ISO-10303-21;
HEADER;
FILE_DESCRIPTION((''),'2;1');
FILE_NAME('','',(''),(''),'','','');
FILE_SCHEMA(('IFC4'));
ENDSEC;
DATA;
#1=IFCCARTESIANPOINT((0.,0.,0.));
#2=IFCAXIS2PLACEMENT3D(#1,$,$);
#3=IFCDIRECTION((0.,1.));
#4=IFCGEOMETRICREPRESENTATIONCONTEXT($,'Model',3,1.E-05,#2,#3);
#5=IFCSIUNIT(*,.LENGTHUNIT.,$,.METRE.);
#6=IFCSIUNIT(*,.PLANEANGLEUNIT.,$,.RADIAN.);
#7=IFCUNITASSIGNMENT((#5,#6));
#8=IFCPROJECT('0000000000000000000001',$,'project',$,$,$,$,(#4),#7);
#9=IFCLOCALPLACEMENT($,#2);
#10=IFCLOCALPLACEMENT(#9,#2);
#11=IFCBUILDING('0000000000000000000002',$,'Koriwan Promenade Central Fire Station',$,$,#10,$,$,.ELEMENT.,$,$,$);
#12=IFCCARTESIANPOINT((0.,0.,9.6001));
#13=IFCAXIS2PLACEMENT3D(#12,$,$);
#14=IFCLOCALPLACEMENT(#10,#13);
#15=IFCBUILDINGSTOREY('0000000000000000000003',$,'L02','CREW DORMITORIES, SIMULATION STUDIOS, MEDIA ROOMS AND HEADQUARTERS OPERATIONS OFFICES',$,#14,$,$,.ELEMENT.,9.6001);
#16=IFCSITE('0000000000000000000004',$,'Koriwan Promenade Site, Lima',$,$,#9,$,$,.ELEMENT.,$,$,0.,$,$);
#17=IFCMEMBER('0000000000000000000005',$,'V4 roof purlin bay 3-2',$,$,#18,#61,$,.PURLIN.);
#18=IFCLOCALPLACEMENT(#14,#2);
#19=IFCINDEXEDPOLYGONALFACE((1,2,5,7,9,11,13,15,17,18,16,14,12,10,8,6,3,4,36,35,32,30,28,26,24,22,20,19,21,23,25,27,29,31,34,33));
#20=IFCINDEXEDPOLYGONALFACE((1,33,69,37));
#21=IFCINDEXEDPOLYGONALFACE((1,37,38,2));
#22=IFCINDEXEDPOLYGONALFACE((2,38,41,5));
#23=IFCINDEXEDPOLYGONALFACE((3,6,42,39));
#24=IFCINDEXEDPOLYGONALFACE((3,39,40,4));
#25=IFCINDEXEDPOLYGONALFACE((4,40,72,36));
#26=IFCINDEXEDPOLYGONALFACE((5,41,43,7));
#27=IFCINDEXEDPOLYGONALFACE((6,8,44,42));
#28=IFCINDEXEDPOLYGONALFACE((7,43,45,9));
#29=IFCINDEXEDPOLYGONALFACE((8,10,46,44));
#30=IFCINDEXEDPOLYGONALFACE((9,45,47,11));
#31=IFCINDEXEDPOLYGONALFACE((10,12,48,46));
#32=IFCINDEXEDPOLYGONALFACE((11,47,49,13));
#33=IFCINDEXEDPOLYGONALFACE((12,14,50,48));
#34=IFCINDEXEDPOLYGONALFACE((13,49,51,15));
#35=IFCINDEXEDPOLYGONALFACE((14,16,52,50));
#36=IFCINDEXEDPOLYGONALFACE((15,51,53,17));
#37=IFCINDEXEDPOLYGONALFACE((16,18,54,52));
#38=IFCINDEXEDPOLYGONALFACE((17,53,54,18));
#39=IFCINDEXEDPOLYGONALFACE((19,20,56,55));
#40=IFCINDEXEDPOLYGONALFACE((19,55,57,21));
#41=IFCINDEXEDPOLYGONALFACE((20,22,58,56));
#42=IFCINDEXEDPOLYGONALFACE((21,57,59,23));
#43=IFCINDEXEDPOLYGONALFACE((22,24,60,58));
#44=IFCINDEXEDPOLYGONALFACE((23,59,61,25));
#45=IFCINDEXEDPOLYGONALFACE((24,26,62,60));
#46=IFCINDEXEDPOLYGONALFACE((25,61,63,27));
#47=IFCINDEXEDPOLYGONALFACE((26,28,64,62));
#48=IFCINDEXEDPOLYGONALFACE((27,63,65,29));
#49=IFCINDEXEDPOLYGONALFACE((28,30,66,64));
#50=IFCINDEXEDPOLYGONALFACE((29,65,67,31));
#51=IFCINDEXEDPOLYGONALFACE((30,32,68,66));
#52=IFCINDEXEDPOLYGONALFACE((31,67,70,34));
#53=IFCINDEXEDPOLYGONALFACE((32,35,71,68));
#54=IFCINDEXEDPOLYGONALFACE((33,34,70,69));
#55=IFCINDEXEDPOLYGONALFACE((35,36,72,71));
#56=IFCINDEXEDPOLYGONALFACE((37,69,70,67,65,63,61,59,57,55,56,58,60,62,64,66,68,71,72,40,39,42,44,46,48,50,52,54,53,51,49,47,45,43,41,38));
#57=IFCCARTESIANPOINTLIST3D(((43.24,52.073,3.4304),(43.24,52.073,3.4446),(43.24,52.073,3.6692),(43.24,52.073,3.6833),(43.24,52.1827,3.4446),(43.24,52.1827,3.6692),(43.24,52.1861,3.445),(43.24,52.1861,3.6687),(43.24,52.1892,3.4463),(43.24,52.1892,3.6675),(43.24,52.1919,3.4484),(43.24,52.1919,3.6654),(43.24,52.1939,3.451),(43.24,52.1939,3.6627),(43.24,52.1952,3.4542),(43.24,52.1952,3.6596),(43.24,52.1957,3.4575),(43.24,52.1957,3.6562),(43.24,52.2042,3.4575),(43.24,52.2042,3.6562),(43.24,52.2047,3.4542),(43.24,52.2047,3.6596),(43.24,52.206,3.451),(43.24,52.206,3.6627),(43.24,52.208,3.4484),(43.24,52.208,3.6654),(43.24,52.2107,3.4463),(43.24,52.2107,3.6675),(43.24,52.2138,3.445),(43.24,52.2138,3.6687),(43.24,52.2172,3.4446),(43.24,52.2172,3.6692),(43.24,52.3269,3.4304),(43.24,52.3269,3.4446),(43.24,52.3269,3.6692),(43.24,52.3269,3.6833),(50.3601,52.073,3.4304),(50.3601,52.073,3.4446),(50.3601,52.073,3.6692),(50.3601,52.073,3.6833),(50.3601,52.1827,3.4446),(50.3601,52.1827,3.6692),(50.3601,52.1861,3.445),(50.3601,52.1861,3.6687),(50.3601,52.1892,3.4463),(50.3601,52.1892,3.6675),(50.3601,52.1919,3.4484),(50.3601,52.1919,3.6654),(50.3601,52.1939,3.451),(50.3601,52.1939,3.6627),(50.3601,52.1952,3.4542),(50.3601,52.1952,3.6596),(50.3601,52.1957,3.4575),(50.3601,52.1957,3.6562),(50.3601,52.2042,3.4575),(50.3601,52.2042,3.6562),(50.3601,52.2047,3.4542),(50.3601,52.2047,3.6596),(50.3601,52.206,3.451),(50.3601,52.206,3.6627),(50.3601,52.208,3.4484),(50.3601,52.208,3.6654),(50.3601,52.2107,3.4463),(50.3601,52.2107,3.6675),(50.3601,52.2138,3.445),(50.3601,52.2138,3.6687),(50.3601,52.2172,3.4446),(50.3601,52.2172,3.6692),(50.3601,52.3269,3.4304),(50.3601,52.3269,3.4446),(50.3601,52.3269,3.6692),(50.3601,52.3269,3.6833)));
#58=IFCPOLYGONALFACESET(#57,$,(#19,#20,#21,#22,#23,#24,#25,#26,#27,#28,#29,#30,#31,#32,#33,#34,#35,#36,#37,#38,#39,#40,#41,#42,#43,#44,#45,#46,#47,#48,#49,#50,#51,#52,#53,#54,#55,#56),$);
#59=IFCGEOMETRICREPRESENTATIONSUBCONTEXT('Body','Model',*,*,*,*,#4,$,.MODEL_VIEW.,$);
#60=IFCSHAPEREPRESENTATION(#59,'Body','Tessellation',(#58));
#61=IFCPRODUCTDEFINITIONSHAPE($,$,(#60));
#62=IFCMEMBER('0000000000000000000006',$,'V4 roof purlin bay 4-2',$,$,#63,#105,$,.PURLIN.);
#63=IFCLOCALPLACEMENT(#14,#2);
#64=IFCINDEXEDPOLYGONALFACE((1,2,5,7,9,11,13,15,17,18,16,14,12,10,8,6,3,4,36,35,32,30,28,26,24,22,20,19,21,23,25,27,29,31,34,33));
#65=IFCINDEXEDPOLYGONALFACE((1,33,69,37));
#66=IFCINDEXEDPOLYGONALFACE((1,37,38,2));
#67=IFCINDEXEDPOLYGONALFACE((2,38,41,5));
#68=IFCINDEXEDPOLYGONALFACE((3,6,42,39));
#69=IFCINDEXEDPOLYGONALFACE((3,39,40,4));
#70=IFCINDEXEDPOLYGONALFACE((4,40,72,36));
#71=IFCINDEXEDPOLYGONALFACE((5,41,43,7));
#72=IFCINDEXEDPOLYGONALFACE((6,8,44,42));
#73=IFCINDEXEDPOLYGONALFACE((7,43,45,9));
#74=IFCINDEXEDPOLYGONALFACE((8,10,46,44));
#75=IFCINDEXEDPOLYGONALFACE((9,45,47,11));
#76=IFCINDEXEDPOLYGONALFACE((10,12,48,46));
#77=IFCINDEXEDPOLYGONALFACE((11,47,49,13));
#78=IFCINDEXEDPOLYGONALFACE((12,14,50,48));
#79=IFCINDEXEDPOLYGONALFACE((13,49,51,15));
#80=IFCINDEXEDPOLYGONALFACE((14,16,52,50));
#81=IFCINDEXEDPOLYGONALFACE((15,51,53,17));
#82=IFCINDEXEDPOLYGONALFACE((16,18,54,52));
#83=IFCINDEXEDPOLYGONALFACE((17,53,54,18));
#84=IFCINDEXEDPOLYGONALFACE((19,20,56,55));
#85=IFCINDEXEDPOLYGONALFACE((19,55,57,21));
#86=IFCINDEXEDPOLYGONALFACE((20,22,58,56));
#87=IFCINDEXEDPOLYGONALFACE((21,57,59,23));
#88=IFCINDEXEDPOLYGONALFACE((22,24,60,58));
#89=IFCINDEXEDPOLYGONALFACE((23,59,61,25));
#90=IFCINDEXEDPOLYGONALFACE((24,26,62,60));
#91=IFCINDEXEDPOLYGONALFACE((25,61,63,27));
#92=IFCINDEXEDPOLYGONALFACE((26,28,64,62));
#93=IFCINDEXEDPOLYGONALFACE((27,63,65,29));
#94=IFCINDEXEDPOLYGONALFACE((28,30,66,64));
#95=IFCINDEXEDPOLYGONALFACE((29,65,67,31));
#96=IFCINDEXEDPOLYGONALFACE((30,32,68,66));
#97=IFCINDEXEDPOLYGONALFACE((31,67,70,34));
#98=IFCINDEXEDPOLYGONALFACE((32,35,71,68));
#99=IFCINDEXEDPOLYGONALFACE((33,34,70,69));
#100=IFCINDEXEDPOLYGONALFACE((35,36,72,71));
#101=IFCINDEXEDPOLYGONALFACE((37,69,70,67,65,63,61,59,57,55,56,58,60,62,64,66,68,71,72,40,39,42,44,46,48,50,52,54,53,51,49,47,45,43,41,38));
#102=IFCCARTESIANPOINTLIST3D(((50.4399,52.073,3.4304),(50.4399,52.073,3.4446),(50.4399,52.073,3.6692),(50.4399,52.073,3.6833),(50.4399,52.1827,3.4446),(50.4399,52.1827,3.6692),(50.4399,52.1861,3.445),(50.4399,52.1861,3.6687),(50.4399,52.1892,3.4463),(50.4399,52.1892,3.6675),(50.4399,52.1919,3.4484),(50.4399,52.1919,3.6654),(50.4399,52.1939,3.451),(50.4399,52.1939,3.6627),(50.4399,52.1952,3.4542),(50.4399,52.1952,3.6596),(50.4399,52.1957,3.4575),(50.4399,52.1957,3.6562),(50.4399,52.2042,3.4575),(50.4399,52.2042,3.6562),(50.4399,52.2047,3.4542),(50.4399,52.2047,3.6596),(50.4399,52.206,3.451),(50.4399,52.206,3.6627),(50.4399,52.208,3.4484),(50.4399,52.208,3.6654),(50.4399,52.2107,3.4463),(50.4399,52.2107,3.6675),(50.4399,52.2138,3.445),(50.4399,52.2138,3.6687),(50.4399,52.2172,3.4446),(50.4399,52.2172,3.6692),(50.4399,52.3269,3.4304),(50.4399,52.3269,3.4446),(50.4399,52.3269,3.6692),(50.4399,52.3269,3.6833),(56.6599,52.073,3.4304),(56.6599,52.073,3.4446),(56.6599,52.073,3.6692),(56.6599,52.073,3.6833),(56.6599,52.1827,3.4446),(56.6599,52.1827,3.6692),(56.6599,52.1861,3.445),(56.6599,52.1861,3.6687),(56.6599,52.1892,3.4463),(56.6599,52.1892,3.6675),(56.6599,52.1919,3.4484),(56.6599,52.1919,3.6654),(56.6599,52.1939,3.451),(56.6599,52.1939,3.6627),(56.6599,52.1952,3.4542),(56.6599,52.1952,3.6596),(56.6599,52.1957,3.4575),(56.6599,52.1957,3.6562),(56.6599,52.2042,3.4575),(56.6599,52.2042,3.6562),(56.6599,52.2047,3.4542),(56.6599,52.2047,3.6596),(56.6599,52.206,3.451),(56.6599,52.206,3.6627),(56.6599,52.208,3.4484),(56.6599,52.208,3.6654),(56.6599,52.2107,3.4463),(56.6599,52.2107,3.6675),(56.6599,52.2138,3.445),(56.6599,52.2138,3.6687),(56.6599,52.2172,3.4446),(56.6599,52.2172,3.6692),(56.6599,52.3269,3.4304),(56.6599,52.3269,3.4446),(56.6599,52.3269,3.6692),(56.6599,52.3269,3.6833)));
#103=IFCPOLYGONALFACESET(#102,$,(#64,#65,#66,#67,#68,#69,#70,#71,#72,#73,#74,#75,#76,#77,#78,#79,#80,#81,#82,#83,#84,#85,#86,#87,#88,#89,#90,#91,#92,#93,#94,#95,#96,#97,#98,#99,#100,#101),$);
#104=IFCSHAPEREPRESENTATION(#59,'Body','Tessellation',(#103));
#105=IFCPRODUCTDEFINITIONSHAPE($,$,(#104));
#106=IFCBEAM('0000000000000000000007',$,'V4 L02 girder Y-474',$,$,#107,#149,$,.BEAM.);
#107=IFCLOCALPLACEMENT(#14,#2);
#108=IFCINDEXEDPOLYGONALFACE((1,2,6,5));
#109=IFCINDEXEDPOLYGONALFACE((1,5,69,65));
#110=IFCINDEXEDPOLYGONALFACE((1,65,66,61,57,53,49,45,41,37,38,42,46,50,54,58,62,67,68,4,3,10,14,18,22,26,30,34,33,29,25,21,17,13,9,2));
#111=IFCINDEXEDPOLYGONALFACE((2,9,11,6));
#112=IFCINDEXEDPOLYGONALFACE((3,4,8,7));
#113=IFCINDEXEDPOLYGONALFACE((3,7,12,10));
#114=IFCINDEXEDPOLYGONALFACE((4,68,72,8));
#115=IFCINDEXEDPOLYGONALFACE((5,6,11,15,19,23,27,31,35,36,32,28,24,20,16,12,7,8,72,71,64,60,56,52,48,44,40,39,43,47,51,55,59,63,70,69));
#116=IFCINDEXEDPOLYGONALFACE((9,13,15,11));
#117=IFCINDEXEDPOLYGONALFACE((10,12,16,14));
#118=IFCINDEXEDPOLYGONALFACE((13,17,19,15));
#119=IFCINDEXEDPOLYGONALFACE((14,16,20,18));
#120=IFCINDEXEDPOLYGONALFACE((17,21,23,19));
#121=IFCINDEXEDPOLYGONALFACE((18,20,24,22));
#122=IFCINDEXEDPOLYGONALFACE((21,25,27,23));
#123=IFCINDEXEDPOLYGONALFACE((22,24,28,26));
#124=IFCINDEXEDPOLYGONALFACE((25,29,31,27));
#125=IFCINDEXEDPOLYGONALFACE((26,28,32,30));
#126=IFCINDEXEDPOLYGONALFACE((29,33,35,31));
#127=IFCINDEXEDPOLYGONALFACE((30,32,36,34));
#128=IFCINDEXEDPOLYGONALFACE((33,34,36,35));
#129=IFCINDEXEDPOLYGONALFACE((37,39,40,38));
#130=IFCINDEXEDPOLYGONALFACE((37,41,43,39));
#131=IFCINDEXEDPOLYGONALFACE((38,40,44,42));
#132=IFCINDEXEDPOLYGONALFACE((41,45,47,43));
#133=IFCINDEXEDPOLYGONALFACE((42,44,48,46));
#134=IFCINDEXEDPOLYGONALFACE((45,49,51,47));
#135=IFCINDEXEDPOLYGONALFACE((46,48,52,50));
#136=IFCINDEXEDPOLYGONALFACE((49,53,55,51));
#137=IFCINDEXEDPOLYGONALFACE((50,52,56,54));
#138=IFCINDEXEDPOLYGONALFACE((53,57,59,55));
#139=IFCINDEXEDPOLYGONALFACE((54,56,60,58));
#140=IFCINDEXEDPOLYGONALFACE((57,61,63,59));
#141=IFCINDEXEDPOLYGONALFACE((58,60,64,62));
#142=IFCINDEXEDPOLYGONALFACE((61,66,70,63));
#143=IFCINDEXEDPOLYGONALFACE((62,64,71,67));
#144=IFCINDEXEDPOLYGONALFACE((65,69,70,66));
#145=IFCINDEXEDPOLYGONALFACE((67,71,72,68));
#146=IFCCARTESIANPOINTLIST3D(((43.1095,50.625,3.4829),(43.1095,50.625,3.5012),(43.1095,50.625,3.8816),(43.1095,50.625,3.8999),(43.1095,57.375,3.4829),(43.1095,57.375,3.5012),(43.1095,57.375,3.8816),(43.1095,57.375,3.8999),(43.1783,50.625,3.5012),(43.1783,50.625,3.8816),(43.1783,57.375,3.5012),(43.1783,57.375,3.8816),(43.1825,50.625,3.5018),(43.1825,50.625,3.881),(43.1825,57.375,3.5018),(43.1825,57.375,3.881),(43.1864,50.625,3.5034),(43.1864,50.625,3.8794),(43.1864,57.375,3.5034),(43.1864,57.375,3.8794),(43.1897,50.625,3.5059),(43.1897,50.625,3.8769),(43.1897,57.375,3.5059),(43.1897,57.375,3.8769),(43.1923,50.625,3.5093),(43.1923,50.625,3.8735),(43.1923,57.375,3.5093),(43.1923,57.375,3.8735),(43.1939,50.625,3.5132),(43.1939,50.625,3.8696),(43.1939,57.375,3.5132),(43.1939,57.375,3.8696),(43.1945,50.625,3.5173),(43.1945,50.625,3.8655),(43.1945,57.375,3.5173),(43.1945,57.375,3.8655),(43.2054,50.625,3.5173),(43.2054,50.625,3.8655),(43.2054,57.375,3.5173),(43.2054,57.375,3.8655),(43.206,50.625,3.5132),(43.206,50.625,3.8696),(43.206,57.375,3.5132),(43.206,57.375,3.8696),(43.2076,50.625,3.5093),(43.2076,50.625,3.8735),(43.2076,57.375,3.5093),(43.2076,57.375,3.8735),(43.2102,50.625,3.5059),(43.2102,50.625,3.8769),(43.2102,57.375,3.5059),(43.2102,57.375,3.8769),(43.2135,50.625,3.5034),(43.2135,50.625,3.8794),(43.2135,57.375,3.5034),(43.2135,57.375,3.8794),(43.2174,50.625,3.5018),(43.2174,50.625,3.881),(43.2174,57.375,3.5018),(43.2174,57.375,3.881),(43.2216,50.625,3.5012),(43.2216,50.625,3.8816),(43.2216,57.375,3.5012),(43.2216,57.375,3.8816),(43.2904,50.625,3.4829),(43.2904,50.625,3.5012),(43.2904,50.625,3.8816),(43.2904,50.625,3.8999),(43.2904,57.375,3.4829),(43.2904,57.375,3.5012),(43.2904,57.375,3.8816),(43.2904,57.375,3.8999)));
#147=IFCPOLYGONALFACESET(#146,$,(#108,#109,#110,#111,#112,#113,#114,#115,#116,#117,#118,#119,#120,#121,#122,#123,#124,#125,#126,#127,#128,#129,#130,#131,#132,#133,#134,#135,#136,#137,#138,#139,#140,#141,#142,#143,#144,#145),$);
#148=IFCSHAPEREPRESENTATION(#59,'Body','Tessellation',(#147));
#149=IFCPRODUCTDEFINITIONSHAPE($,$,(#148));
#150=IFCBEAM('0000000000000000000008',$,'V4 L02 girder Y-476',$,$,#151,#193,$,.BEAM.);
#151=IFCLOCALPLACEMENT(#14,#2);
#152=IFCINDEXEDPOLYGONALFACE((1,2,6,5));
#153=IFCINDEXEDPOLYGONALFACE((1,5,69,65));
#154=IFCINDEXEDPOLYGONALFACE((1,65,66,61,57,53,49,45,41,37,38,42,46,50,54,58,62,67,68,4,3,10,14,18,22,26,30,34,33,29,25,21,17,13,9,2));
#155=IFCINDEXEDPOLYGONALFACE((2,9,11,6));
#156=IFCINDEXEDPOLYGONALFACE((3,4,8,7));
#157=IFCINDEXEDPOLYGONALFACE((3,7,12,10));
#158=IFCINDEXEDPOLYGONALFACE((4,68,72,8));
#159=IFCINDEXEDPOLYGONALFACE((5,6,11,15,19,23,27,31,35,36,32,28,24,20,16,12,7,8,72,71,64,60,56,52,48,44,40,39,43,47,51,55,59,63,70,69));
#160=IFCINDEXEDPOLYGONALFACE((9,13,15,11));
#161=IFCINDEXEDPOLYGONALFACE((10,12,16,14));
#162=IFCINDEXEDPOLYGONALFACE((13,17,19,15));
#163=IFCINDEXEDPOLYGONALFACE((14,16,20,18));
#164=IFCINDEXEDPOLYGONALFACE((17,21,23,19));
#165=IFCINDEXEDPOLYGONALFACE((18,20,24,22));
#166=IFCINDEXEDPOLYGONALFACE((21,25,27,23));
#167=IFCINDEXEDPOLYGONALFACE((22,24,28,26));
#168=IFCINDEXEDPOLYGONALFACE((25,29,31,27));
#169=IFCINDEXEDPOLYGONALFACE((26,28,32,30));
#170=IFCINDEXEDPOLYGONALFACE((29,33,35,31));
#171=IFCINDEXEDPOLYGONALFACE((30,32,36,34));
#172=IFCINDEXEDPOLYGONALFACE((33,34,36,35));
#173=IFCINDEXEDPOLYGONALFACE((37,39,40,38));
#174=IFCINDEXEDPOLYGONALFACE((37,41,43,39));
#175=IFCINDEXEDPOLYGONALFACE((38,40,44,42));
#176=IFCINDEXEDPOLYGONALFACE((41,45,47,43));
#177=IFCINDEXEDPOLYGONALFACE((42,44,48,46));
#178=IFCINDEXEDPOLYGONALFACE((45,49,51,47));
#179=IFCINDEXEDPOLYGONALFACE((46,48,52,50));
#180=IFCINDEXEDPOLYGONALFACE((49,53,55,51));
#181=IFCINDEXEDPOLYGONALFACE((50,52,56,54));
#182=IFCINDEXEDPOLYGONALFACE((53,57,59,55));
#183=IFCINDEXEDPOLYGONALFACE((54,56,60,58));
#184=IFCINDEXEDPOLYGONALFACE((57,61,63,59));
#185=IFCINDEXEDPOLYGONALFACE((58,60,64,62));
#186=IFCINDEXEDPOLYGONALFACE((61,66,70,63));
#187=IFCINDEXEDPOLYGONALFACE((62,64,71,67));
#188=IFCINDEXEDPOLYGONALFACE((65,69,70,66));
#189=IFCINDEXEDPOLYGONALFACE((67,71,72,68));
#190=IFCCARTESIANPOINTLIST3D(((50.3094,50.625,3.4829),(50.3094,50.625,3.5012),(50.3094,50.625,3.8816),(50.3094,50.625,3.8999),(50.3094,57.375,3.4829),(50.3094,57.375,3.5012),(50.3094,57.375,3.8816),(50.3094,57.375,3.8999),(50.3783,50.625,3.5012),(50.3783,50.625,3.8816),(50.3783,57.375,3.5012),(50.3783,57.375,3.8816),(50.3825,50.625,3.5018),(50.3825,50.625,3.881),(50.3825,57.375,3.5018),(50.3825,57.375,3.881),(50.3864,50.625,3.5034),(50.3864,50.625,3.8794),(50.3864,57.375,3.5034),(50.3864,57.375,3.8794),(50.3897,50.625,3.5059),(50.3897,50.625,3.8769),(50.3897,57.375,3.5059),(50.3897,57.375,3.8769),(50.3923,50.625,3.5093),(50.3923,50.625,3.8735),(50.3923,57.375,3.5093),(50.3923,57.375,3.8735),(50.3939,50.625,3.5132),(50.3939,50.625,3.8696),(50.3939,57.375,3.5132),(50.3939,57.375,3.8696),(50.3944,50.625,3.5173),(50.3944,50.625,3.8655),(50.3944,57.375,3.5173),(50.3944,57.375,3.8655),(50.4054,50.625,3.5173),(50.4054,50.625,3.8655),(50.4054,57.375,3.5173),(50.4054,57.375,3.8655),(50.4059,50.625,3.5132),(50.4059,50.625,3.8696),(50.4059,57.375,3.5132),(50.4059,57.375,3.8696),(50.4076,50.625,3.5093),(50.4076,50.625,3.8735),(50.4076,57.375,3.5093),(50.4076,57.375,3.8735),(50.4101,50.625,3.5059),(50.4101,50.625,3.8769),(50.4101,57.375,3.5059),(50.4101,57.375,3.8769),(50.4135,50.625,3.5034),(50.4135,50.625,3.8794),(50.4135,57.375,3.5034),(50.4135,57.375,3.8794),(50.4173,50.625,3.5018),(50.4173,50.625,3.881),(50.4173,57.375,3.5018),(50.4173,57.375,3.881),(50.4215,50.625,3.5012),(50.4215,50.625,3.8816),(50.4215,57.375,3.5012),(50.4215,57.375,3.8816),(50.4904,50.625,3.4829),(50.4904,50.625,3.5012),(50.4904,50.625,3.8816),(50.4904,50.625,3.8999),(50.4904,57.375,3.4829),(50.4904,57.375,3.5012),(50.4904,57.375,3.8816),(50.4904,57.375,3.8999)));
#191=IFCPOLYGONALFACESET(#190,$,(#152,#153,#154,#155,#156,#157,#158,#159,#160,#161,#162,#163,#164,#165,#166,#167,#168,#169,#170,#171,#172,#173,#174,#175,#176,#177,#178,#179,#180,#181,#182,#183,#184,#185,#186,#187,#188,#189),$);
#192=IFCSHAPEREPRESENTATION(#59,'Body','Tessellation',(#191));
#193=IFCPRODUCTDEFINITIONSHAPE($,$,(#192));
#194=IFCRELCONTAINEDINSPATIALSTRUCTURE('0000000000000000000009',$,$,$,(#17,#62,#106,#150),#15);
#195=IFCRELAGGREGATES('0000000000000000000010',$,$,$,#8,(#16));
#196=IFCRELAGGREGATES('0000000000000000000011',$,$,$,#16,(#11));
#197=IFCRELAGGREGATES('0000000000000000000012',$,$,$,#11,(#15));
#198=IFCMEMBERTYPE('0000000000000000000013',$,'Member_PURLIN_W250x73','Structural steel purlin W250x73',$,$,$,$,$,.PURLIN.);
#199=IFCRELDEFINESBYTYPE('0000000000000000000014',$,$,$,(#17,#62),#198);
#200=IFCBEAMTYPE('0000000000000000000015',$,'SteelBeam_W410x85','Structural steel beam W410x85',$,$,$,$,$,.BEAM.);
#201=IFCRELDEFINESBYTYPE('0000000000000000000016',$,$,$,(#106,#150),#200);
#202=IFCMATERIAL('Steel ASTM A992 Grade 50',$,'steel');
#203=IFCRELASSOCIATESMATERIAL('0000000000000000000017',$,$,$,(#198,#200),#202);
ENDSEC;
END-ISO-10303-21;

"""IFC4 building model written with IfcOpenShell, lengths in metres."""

from ifc_helpers import new_model, si_unit, direction, frame, origin, origin_2d, place, context, subcontext, project, spatial, i_section, extrude, material, material_profile, profile_set, type_object, element, save


model = new_model("IFC4")

# Units and contexts
model_context = context("Model", 3, precision=1e-05, world=origin(), true_north=direction((0.0, 1.0)))
body_context = subcontext(model_context, "Body", "Model", "MODEL_VIEW")
ifc_project = project(units=[si_unit("LENGTHUNIT", "METRE"), si_unit("PLANEANGLEUNIT", "RADIAN")], contexts=[model_context])

# Site, building, storey
site_placement = place(None, origin())
site = spatial("IfcSite", under=ifc_project, at=site_placement, Name="Koriwan Promenade Site, Lima", CompositionType="ELEMENT", RefElevation=0.0)
building_placement = place(site_placement, origin())
building = spatial("IfcBuilding", under=site, at=building_placement, Name="Koriwan Promenade Central Fire Station", CompositionType="ELEMENT")
storey_placement = place(building_placement, frame((0.0, 0.0, 9.6001)))
storey = spatial("IfcBuildingStorey", under=building, at=storey_placement, Name="L02", Description="CREW DORMITORIES, SIMULATION STUDIOS, MEDIA ROOMS AND HEADQUARTERS OPERATIONS OFFICES", CompositionType="ELEMENT", Elevation=9.6001)

# Members
ifc_material_1 = material(Name="Steel ASTM A992 Grade 50", Category="steel")
ifc_material_profile_1 = material_profile(ifc_material_1, i_section(OverallWidth=0.2539, OverallDepth=0.2529, WebThickness=0.0085, FlangeThickness=0.0142, FilletRadius=0.0129, at=origin_2d()), Name="W250x73")
ifc_profile_set_1 = profile_set([ifc_material_profile_1], Name="Steel ASTM A992 Grade 50")
member_type = type_object("IfcMemberType", Name="Member_PURLIN_W250x73", Description="Structural steel purlin W250x73", PredefinedType="PURLIN", material=ifc_profile_set_1)
member_1_placement = place(storey_placement, frame((43.24, 52.2, 3.5569), z_axis=(1.0, 0.0, 0.0), x_axis=(0.0, 1.0, 0.0)))
element("IfcMember", 1, at=member_1_placement, inside=storey, type_object=member_type, Name="V4 roof purlin bay 3-2", PredefinedType="PURLIN", context=body_context, shape_type="SweptSolid", body=[
    extrude(i_section(OverallWidth=0.2539, OverallDepth=0.2529, WebThickness=0.0085, FlangeThickness=0.0142, FilletRadius=0.0129, at=origin_2d()), origin(), (0.0, 0.0, 1.0), 7.1201),
])
member_2_placement = place(storey_placement, frame((50.4399, 52.2, 3.5569), z_axis=(1.0, 0.0, 0.0), x_axis=(0.0, 1.0, 0.0)))
element("IfcMember", 2, at=member_2_placement, inside=storey, type_object=member_type, Name="V4 roof purlin bay 4-2", PredefinedType="PURLIN", context=body_context, shape_type="SweptSolid", body=[
    extrude(i_section(OverallWidth=0.2539, OverallDepth=0.2529, WebThickness=0.0085, FlangeThickness=0.0142, FilletRadius=0.0129, at=origin_2d()), origin(), (0.0, 0.0, 1.0), 6.22),
])

# Beams
ifc_material_profile_2 = material_profile(ifc_material_1, i_section(OverallWidth=0.1809, OverallDepth=0.417, WebThickness=0.011, FlangeThickness=0.0183, FilletRadius=0.0161, at=origin_2d()), Name="W410x85")
ifc_profile_set_2 = profile_set([ifc_material_profile_2], Name="Steel ASTM A992 Grade 50")
beam_type = type_object("IfcBeamType", Name="SteelBeam_W410x85", Description="Structural steel beam W410x85", PredefinedType="BEAM", material=ifc_profile_set_2)
for number, where, z_axis, x_axis, name in (
    (3, (43.2, 50.625, 3.6914), (0.0, 1.0, 0.0), (-1.0, 0.0, 0.0), "V4 L02 girder Y-474"),
    (4, (50.3999, 50.625, 3.6914), (0.0, 1.0, 0.0), (-1.0, 0.0, 0.0), "V4 L02 girder Y-476"),
):
    element("IfcBeam", number, at=place(storey_placement, frame(where, z_axis=z_axis, x_axis=x_axis)), inside=storey, type_object=beam_type, Name=name, PredefinedType="BEAM", context=body_context, shape_type="SweptSolid", body=[
        extrude(i_section(OverallWidth=0.1809, OverallDepth=0.417, WebThickness=0.011, FlangeThickness=0.0183, FilletRadius=0.0161, at=origin_2d()), origin(), (0.0, 0.0, 1.0), 6.75),
    ])

save(model, "model.ifc")
